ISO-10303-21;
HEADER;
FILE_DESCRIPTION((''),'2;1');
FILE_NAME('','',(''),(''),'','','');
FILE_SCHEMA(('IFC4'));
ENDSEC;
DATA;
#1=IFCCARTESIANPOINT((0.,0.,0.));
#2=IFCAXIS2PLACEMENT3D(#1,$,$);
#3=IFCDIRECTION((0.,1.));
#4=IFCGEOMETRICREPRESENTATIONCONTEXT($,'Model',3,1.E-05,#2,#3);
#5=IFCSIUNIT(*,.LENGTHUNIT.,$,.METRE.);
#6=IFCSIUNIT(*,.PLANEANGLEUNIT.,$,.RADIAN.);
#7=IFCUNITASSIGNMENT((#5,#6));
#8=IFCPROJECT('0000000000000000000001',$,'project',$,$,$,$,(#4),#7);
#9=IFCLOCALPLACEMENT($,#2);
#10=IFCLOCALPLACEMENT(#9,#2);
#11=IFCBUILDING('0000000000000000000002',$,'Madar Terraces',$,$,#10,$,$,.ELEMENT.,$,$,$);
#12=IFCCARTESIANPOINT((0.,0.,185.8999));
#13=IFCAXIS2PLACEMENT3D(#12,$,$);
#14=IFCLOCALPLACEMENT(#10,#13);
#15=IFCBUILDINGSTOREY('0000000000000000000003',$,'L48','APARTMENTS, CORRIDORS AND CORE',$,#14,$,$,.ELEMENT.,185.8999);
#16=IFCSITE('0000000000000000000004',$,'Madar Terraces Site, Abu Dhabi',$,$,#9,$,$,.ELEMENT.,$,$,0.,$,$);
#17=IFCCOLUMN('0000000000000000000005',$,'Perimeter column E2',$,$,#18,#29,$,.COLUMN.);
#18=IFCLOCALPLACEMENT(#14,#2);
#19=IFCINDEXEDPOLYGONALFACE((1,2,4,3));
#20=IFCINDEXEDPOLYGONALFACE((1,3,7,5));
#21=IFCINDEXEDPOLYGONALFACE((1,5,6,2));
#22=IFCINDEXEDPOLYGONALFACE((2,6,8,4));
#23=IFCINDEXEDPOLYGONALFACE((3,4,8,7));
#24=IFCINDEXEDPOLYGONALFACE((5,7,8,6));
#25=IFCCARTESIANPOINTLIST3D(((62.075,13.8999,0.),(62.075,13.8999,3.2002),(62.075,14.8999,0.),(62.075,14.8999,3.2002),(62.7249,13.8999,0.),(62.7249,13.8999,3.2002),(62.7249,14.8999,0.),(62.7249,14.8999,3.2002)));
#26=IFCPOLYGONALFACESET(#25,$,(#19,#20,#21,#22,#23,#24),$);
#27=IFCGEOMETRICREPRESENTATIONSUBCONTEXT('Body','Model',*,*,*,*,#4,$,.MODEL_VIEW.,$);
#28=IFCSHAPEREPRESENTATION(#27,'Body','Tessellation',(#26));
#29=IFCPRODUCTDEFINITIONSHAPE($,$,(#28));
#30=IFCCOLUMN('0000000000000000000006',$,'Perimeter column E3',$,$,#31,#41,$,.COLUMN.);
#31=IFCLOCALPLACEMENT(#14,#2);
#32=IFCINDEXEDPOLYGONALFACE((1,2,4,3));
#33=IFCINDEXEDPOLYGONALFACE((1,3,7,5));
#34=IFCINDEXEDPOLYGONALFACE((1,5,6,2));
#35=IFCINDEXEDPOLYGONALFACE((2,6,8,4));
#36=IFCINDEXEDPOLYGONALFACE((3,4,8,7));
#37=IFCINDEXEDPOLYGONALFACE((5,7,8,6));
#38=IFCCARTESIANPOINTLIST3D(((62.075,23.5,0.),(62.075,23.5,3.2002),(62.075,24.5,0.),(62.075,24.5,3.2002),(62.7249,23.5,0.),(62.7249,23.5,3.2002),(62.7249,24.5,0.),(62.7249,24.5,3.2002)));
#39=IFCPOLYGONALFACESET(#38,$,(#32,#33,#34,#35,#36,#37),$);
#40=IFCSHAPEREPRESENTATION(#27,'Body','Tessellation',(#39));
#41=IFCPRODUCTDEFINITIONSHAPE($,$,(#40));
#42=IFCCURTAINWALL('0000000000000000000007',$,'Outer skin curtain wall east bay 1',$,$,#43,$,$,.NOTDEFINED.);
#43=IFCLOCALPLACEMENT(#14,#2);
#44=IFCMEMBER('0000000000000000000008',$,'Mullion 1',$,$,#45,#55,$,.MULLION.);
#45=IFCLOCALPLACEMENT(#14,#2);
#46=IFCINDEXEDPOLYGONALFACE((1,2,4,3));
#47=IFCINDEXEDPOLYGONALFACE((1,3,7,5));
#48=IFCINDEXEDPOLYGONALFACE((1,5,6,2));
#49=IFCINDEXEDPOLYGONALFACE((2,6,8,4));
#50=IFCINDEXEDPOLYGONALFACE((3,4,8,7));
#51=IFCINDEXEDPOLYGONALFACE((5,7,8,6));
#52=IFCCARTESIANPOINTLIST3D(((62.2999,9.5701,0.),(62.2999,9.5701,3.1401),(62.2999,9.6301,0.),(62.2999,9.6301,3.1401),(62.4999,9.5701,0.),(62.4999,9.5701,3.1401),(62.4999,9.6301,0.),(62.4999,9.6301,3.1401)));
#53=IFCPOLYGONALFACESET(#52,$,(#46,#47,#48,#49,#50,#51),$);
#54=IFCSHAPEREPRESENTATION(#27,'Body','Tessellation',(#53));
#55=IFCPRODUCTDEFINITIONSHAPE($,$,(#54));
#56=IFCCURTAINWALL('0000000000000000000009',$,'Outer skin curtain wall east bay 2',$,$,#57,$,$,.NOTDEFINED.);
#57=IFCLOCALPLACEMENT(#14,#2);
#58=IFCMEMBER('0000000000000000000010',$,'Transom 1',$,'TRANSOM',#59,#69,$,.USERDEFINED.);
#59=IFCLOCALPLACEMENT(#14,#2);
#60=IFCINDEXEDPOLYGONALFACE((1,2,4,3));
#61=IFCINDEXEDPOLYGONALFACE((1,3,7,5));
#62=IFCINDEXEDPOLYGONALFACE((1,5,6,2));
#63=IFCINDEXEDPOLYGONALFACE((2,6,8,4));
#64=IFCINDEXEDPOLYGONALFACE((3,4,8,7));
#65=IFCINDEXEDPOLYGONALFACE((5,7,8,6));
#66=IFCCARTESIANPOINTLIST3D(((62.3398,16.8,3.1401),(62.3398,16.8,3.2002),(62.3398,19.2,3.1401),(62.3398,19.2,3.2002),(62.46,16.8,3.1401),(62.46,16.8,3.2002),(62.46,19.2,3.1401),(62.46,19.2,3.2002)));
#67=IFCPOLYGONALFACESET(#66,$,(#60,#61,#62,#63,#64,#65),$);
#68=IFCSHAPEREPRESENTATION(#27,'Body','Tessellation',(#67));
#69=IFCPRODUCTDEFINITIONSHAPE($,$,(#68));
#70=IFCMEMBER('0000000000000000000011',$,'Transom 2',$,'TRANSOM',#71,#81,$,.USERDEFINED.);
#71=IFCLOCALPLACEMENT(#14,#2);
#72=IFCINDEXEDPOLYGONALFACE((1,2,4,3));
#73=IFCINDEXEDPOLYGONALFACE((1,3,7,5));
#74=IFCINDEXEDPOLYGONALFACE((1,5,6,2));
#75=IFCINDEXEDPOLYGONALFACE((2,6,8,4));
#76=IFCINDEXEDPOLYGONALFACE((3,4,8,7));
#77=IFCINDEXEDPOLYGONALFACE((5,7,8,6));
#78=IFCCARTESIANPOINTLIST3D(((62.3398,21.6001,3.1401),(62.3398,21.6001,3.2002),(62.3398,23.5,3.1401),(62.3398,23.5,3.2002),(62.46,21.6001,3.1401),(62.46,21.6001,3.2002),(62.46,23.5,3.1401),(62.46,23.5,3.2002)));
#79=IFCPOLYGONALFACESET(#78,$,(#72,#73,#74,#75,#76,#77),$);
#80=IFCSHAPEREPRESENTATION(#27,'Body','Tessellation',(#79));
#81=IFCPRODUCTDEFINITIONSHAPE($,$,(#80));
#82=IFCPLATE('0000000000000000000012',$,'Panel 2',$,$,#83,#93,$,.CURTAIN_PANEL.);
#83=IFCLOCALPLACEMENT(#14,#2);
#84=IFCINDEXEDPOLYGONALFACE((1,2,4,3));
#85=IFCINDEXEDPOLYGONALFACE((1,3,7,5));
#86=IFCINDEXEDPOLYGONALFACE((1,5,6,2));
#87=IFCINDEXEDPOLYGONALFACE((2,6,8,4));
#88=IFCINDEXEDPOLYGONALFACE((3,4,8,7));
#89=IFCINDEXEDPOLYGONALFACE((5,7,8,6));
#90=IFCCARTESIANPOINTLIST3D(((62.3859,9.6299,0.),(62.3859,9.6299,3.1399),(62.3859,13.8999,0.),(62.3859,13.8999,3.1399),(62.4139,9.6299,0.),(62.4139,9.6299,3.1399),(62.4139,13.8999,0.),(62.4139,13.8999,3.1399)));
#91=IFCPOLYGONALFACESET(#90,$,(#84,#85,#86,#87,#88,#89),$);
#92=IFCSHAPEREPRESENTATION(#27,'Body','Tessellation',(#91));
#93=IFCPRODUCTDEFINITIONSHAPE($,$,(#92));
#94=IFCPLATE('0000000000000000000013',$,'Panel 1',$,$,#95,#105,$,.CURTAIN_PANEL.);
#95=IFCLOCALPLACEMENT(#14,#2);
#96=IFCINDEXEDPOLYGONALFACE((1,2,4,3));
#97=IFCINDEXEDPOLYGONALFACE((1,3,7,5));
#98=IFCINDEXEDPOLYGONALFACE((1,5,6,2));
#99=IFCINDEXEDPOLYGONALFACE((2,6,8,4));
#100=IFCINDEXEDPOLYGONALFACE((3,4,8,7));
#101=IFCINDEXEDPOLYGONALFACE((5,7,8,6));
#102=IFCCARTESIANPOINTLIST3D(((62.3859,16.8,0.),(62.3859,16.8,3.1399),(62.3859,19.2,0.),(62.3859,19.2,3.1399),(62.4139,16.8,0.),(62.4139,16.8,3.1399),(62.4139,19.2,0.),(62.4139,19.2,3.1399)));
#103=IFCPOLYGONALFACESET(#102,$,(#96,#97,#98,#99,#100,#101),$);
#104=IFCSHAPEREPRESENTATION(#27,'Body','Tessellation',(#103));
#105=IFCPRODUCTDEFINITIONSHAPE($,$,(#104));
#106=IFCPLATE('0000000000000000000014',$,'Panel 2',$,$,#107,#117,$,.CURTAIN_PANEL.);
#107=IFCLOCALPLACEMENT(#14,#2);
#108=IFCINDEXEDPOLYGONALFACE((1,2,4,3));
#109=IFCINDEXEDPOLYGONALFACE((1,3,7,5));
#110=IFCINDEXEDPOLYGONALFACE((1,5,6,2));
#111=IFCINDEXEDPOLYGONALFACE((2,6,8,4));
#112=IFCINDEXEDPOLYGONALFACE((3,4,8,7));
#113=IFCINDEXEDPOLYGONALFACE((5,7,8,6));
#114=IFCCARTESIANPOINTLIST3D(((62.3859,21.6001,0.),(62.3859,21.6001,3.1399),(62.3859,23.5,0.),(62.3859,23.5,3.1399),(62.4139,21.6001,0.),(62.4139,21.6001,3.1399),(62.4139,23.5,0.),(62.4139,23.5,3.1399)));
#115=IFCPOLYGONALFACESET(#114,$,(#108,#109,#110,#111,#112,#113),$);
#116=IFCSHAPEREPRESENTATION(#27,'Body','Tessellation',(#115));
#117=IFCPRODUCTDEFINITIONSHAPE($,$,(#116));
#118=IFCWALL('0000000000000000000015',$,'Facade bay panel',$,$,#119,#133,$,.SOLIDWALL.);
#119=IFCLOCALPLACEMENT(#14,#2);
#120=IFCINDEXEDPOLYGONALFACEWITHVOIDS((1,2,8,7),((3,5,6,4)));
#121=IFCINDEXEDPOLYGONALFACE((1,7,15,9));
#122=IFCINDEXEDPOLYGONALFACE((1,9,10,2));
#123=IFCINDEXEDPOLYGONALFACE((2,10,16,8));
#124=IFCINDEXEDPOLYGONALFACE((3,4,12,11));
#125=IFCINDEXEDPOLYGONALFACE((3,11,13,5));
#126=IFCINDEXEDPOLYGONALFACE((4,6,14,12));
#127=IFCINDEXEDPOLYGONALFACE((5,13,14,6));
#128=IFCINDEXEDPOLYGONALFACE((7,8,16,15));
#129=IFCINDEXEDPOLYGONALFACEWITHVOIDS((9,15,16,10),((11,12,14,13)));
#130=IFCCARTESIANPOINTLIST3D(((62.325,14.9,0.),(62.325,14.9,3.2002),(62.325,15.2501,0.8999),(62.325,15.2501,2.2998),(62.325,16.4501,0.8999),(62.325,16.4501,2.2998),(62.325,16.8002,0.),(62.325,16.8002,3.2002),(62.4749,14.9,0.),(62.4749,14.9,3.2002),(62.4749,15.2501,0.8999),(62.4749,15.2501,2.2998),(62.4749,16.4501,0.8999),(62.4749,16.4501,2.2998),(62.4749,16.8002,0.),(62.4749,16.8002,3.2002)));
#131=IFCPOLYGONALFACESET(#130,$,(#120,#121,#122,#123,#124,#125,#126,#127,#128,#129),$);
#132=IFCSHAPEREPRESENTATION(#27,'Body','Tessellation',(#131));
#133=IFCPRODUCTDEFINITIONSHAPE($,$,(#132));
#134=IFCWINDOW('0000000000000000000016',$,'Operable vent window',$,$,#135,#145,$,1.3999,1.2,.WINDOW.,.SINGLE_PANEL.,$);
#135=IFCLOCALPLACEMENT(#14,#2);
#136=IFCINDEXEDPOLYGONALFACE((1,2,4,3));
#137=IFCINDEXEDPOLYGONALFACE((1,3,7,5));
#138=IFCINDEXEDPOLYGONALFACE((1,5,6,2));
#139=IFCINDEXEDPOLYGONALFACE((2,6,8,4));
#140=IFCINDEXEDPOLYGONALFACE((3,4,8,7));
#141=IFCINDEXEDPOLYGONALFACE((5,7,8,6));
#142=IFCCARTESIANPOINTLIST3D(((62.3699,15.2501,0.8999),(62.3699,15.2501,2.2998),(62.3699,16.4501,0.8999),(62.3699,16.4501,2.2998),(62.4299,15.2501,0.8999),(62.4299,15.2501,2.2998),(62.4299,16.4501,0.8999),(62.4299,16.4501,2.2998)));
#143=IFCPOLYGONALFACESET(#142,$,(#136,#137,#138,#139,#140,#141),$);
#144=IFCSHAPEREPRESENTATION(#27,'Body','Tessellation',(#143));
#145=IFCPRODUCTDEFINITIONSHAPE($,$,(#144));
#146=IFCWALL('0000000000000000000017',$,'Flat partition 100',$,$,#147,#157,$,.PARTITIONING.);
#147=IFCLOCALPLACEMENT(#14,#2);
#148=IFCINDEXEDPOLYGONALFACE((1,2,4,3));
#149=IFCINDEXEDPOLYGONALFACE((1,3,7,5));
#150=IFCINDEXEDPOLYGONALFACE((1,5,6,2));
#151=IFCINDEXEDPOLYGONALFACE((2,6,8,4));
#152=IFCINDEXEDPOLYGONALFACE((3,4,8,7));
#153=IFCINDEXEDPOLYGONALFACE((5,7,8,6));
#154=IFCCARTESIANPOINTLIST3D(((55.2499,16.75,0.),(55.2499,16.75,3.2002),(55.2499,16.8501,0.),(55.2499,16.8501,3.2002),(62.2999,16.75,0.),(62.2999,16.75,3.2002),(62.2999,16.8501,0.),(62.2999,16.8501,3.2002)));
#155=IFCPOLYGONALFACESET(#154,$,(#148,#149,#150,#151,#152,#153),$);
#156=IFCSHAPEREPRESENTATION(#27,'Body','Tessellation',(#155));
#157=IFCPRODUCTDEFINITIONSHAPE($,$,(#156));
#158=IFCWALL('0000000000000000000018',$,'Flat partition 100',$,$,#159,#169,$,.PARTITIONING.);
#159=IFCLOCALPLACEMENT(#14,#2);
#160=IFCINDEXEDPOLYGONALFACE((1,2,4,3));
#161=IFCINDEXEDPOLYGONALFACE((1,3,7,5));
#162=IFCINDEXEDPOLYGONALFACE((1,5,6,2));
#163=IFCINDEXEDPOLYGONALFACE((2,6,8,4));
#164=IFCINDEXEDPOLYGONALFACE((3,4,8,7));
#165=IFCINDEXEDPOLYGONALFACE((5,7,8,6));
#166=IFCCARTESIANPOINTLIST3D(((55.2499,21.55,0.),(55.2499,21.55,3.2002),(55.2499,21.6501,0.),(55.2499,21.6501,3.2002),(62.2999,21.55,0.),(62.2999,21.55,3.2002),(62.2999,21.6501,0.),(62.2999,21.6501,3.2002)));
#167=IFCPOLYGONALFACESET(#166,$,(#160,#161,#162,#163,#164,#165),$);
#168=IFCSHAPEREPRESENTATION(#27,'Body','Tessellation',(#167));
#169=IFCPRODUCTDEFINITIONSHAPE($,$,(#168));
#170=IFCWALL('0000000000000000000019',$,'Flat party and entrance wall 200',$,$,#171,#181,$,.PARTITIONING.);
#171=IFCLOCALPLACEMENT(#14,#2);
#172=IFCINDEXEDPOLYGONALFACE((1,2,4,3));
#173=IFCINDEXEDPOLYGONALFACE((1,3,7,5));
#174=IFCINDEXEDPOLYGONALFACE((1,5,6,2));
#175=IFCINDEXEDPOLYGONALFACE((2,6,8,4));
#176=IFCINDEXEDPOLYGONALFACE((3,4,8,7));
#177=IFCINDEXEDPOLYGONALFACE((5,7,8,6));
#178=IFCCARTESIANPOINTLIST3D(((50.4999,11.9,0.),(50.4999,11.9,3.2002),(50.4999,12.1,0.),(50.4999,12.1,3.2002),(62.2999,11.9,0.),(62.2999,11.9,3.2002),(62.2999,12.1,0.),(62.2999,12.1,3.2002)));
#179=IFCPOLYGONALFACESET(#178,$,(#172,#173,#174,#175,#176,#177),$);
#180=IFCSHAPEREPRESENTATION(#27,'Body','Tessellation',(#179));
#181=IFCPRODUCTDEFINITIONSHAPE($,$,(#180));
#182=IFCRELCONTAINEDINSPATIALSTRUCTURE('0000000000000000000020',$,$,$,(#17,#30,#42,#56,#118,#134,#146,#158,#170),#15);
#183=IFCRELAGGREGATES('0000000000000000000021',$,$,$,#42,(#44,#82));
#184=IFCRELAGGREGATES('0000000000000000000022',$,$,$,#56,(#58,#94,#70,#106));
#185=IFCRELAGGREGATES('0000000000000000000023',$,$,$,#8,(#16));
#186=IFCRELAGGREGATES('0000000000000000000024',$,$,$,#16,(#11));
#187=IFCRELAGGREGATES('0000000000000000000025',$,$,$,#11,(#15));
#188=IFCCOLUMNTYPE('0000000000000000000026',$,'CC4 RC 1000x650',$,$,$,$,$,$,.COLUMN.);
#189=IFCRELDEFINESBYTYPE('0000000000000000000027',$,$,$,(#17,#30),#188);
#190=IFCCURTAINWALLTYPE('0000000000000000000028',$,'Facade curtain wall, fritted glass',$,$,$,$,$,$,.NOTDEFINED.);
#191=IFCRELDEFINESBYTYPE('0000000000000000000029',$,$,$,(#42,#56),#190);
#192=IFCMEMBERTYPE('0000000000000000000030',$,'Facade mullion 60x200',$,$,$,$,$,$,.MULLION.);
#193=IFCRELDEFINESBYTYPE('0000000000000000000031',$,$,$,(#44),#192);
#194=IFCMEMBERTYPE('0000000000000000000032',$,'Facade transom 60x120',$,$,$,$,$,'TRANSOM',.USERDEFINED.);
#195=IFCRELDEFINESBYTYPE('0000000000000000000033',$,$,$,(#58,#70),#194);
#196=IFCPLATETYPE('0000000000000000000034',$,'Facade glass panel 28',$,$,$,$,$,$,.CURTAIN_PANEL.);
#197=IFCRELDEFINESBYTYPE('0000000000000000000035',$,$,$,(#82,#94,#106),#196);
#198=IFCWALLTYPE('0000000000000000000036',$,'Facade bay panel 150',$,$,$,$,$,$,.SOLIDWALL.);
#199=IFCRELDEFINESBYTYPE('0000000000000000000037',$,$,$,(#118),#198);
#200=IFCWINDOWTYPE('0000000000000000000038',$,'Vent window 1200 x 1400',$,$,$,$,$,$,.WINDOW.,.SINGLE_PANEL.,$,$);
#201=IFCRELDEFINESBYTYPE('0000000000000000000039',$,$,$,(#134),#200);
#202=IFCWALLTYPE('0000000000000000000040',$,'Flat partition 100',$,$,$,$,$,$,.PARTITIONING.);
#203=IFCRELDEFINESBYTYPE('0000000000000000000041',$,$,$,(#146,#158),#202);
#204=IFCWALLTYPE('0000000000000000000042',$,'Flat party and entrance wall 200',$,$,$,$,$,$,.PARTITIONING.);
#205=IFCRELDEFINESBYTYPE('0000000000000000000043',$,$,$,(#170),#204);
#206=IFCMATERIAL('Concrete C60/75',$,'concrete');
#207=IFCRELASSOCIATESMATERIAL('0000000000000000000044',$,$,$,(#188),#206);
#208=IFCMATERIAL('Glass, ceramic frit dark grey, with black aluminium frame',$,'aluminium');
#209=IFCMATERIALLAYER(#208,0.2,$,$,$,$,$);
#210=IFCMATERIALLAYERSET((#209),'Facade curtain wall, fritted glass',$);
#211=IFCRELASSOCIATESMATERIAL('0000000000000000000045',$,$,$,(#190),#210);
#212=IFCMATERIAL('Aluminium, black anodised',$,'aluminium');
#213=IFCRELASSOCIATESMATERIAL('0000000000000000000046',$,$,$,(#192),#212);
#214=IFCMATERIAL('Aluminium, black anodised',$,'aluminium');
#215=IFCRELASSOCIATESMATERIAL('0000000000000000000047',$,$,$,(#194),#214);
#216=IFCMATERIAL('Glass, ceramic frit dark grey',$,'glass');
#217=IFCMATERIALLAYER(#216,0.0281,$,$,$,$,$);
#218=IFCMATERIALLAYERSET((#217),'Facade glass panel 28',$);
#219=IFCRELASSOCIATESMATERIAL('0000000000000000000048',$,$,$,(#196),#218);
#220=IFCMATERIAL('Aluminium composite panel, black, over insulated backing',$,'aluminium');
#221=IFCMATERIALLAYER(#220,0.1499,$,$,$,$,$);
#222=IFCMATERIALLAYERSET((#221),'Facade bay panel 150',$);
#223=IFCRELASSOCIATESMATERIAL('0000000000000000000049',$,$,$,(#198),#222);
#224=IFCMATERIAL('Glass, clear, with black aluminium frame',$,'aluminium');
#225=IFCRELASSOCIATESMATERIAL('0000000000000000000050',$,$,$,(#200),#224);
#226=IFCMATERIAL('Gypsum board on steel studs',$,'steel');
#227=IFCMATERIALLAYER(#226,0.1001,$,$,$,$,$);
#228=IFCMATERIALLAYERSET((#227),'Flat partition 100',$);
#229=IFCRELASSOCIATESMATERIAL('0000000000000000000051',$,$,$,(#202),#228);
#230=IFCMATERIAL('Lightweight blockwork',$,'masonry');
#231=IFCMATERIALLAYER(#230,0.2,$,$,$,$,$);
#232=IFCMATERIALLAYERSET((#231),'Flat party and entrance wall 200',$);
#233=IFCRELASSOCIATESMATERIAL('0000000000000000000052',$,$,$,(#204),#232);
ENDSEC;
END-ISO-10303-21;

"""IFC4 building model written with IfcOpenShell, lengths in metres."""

from ifc_helpers import new_model, si_unit, direction, frame, frame_2d, origin, origin_2d, place, context, subcontext, project, spatial, rectangle, extrude, material, layer, layer_set, material_profile, profile_set, type_object, element, fill, aggregate, save


model = new_model("IFC4")

# Units and contexts
model_context = context("Model", 3, precision=1e-05, world=origin(), true_north=direction((0.0, 1.0)))
body_context = subcontext(model_context, "Body", "Model", "MODEL_VIEW")
ifc_project = project(units=[si_unit("LENGTHUNIT", "METRE"), si_unit("PLANEANGLEUNIT", "RADIAN")], contexts=[model_context])

# Site, building, storey
site_placement = place(None, origin())
site = spatial("IfcSite", under=ifc_project, at=site_placement, Name="Madar Terraces Site, Abu Dhabi", CompositionType="ELEMENT", RefElevation=0.0)
building_placement = place(site_placement, origin())
building = spatial("IfcBuilding", under=site, at=building_placement, Name="Madar Terraces", CompositionType="ELEMENT")
storey_placement = place(building_placement, frame((0.0, 0.0, 185.8999)))
storey = spatial("IfcBuildingStorey", under=building, at=storey_placement, Name="L48", Description="APARTMENTS, CORRIDORS AND CORE", CompositionType="ELEMENT", Elevation=185.8999)

# Columns
ifc_material_1 = material(Name="Concrete C60/75", Category="concrete")
ifc_material_profile_1 = material_profile(ifc_material_1, rectangle(XDim=1.0, YDim=0.6499, at=origin_2d()), Name="CC4 RC 1000x650")
ifc_profile_set_1 = profile_set([ifc_material_profile_1], Name="Concrete C60/75")
column_type = type_object("IfcColumnType", Name="CC4 RC 1000x650", PredefinedType="COLUMN", material=ifc_profile_set_1)
for number, where, z_axis, x_axis, name in (
    (1, (62.3999, 14.3999, 0.0), (0.0, 0.0, 1.0), (0.0, 1.0, 0.0), "Perimeter column E2"),
    (2, (62.3999, 24.0, 0.0), (0.0, 0.0, 1.0), (0.0, 1.0, 0.0), "Perimeter column E3"),
):
    element("IfcColumn", number, at=place(storey_placement, frame(where, z_axis=z_axis, x_axis=x_axis)), inside=storey, type_object=column_type, Name=name, PredefinedType="COLUMN", context=body_context, shape_type="SweptSolid", body=[
        extrude(rectangle(XDim=1.0, YDim=0.6499, at=origin_2d()), origin(), (0.0, 0.0, 1.0), 3.2002),
    ])

# Curtain wall, member
ifc_material_2 = material(Name="Glass, ceramic frit dark grey, with black aluminium frame", Category="aluminium")
ifc_layer_1 = layer(ifc_material_2, 0.2)
ifc_layer_set_1 = layer_set([ifc_layer_1], Name="Facade curtain wall, fritted glass")
curtain_wall_type = type_object("IfcCurtainWallType", Name="Facade curtain wall, fritted glass", PredefinedType="NOTDEFINED", material=ifc_layer_set_1)
curtain_wall_1_placement = place(storey_placement, origin())
curtain_wall_1 = element("IfcCurtainWall", 3, at=curtain_wall_1_placement, inside=storey, type_object=curtain_wall_type, Name="Outer skin curtain wall east bay 1", PredefinedType="NOTDEFINED")
ifc_material_3 = material(Name="Aluminium, black anodised", Category="aluminium")
ifc_material_profile_2 = material_profile(ifc_material_3, rectangle(XDim=0.2, YDim=0.0601, at=origin_2d()), Name="Facade mullion 60x200")
ifc_profile_set_2 = profile_set([ifc_material_profile_2], Name="Aluminium, black anodised")
member_type_1 = type_object("IfcMemberType", Name="Facade mullion 60x200", PredefinedType="MULLION", material=ifc_profile_set_2)
member_1_placement = place(storey_placement, frame((62.3999, 9.6001, 0.0), z_axis=(0.0, 0.0, 1.0), x_axis=(-1.0, 0.0, 0.0)))
member_1 = element("IfcMember", 4, at=member_1_placement, type_object=member_type_1, Name="Mullion 1", PredefinedType="MULLION", context=body_context, shape_type="SweptSolid", body=[
    extrude(rectangle(XDim=0.2, YDim=0.0601, at=origin_2d()), origin(), (0.0, 0.0, 1.0), 3.1401),
])

# Curtain wall, members
curtain_wall_2_placement = place(storey_placement, origin())
curtain_wall_2 = element("IfcCurtainWall", 5, at=curtain_wall_2_placement, inside=storey, type_object=curtain_wall_type, Name="Outer skin curtain wall east bay 2", PredefinedType="NOTDEFINED")
ifc_material_4 = material(Name="Aluminium, black anodised", Category="aluminium")
ifc_material_profile_3 = material_profile(ifc_material_4, rectangle(XDim=0.1201, YDim=0.0601, at=origin_2d()), Name="Facade transom 60x120")
ifc_profile_set_3 = profile_set([ifc_material_profile_3], Name="Aluminium, black anodised")
member_type_2 = type_object("IfcMemberType", Name="Facade transom 60x120", ElementType="TRANSOM", PredefinedType="USERDEFINED", material=ifc_profile_set_3)
member_2_placement = place(storey_placement, frame((62.3999, 16.8, 3.1702), z_axis=(0.0, 1.0, 0.0), x_axis=(-1.0, 0.0, 0.0)))
member_2 = element("IfcMember", 6, at=member_2_placement, type_object=member_type_2, Name="Transom 1", ObjectType="TRANSOM", PredefinedType="USERDEFINED", context=body_context, shape_type="SweptSolid", body=[
    extrude(rectangle(XDim=0.1201, YDim=0.0601, at=origin_2d()), origin(), (0.0, 0.0, 1.0), 2.3999),
])
member_3_placement = place(storey_placement, frame((62.3999, 21.6001, 3.1702), z_axis=(0.0, 1.0, 0.0), x_axis=(-1.0, 0.0, 0.0)))
member_3 = element("IfcMember", 7, at=member_3_placement, type_object=member_type_2, Name="Transom 2", ObjectType="TRANSOM", PredefinedType="USERDEFINED", context=body_context, shape_type="SweptSolid", body=[
    extrude(rectangle(XDim=0.1201, YDim=0.0601, at=origin_2d()), origin(), (0.0, 0.0, 1.0), 1.8999),
])

# Plates
ifc_material_5 = material(Name="Glass, ceramic frit dark grey", Category="glass")
ifc_layer_2 = layer(ifc_material_5, 0.0281)
ifc_layer_set_2 = layer_set([ifc_layer_2], Name="Facade glass panel 28")
plate_type = type_object("IfcPlateType", Name="Facade glass panel 28", PredefinedType="CURTAIN_PANEL", material=ifc_layer_set_2)
plate_1_placement = place(storey_placement, frame((62.3999, 11.7649, 0.0), z_axis=(0.0, 0.0, 1.0), x_axis=(0.0, 1.0, 0.0)))
plate_1 = element("IfcPlate", 8, at=plate_1_placement, type_object=plate_type, Name="Panel 2", PredefinedType="CURTAIN_PANEL", context=body_context, shape_type="SweptSolid", body=[
    extrude(rectangle(XDim=4.27, YDim=0.0281, at=origin_2d()), origin(), (0.0, 0.0, 1.0), 3.1399),
])
aggregate(curtain_wall_1, [member_1, plate_1])
plate_2_placement = place(storey_placement, frame((62.3999, 18.0, 0.0), z_axis=(0.0, 0.0, 1.0), x_axis=(0.0, 1.0, 0.0)))
plate_2 = element("IfcPlate", 9, at=plate_2_placement, type_object=plate_type, Name="Panel 1", PredefinedType="CURTAIN_PANEL", context=body_context, shape_type="SweptSolid", body=[
    extrude(rectangle(XDim=2.3999, YDim=0.0281, at=origin_2d()), origin(), (0.0, 0.0, 1.0), 3.1399),
])
plate_3_placement = place(storey_placement, frame((62.3999, 22.55, 0.0), z_axis=(0.0, 0.0, 1.0), x_axis=(0.0, 1.0, 0.0)))
plate_3 = element("IfcPlate", 10, at=plate_3_placement, type_object=plate_type, Name="Panel 2", PredefinedType="CURTAIN_PANEL", context=body_context, shape_type="SweptSolid", body=[
    extrude(rectangle(XDim=1.8999, YDim=0.0281, at=origin_2d()), origin(), (0.0, 0.0, 1.0), 3.1399),
])
aggregate(curtain_wall_2, [member_2, plate_2, member_3, plate_3])

# Wall, opening, window
ifc_material_6 = material(Name="Aluminium composite panel, black, over insulated backing", Category="aluminium")
ifc_layer_3 = layer(ifc_material_6, 0.1499)
ifc_layer_set_3 = layer_set([ifc_layer_3], Name="Facade bay panel 150")
wall_type_1 = type_object("IfcWallType", Name="Facade bay panel 150", PredefinedType="SOLIDWALL", material=ifc_layer_set_3)
wall_1_placement = place(storey_placement, frame((62.3999, 14.8999, 0.0), z_axis=(0.0, 0.0, 1.0), x_axis=(0.0, 1.0, 0.0)))
wall_1 = element("IfcWall", 11, at=wall_1_placement, inside=storey, type_object=wall_type_1, Name="Facade bay panel", PredefinedType="SOLIDWALL", context=body_context, shape_type="SweptSolid", body=[
    extrude(rectangle(XDim=1.9001, YDim=0.1499, at=frame_2d((0.9502, 0.0))), origin(), (0.0, 0.0, 1.0), 3.2002),
])
opening_1_placement = place(wall_1_placement, frame((0.3501, 0.0, 0.8999)))
opening_1 = element("IfcOpeningElement", 12, at=opening_1_placement, cuts=wall_1, PredefinedType="OPENING", context=body_context, shape_type="SweptSolid", body=[
    extrude(rectangle(XDim=1.2, YDim=1.3999, at=frame_2d((0.6001, 0.7))), frame((0.0, 0.085, 0.0), z_axis=(0.0, -1.0, 0.0), x_axis=(1.0, 0.0, 0.0)), (0.0, 0.0, 1.0), 0.1699),
])
ifc_material_7 = material(Name="Glass, clear, with black aluminium frame", Category="aluminium")
window_type = type_object("IfcWindowType", Name="Vent window 1200 x 1400", PartitioningType="SINGLE_PANEL", PredefinedType="WINDOW", material=ifc_material_7)
window_placement = place(opening_1_placement, origin())
window = element("IfcWindow", 13, at=window_placement, inside=storey, type_object=window_type, Name="Operable vent window", OverallHeight=1.3999, OverallWidth=1.2, PartitioningType="SINGLE_PANEL", PredefinedType="WINDOW", context=body_context, shape_type="SweptSolid", body=[
    extrude(rectangle(XDim=1.2, YDim=1.3999, at=frame_2d((0.6001, 0.7))), frame((0.0, 0.03, 0.0), z_axis=(0.0, -1.0, 0.0), x_axis=(1.0, 0.0, 0.0)), (0.0, 0.0, 1.0), 0.0601),
])
fill(opening_1, window)

# Walls
ifc_material_8 = material(Name="Gypsum board on steel studs", Category="steel")
ifc_layer_4 = layer(ifc_material_8, 0.1001)
ifc_layer_set_4 = layer_set([ifc_layer_4], Name="Flat partition 100")
wall_type_2 = type_object("IfcWallType", Name="Flat partition 100", PredefinedType="PARTITIONING", material=ifc_layer_set_4)
for number, where, z_axis, x_axis, name in (
    (14, (55.25, 16.8, 0.0), (0.0, 0.0, 1.0), (1.0, 0.0, 0.0), "Flat partition 100"),
    (15, (55.25, 21.6001, 0.0), (0.0, 0.0, 1.0), (1.0, 0.0, 0.0), "Flat partition 100"),
):
    element("IfcWall", number, at=place(storey_placement, frame(where, z_axis=z_axis, x_axis=x_axis)), inside=storey, type_object=wall_type_2, Name=name, PredefinedType="PARTITIONING", context=body_context, shape_type="SweptSolid", body=[
        extrude(rectangle(XDim=7.05, YDim=0.1001, at=frame_2d((3.5249, 0.0))), origin(), (0.0, 0.0, 1.0), 3.2002),
    ])
ifc_material_9 = material(Name="Lightweight blockwork", Category="masonry")
ifc_layer_5 = layer(ifc_material_9, 0.2)
ifc_layer_set_5 = layer_set([ifc_layer_5], Name="Flat party and entrance wall 200")
wall_type_3 = type_object("IfcWallType", Name="Flat party and entrance wall 200", PredefinedType="PARTITIONING", material=ifc_layer_set_5)
wall_2_placement = place(storey_placement, frame((50.5, 12.0, 0.0), z_axis=(0.0, 0.0, 1.0), x_axis=(1.0, 0.0, 0.0)))
element("IfcWall", 16, at=wall_2_placement, inside=storey, type_object=wall_type_3, Name="Flat party and entrance wall 200", PredefinedType="PARTITIONING", context=body_context, shape_type="SweptSolid", body=[
    extrude(rectangle(XDim=11.8, YDim=0.2, at=frame_2d((5.8999, 0.0))), origin(), (0.0, 0.0, 1.0), 3.2002),
])

save(model, "model.ifc")
